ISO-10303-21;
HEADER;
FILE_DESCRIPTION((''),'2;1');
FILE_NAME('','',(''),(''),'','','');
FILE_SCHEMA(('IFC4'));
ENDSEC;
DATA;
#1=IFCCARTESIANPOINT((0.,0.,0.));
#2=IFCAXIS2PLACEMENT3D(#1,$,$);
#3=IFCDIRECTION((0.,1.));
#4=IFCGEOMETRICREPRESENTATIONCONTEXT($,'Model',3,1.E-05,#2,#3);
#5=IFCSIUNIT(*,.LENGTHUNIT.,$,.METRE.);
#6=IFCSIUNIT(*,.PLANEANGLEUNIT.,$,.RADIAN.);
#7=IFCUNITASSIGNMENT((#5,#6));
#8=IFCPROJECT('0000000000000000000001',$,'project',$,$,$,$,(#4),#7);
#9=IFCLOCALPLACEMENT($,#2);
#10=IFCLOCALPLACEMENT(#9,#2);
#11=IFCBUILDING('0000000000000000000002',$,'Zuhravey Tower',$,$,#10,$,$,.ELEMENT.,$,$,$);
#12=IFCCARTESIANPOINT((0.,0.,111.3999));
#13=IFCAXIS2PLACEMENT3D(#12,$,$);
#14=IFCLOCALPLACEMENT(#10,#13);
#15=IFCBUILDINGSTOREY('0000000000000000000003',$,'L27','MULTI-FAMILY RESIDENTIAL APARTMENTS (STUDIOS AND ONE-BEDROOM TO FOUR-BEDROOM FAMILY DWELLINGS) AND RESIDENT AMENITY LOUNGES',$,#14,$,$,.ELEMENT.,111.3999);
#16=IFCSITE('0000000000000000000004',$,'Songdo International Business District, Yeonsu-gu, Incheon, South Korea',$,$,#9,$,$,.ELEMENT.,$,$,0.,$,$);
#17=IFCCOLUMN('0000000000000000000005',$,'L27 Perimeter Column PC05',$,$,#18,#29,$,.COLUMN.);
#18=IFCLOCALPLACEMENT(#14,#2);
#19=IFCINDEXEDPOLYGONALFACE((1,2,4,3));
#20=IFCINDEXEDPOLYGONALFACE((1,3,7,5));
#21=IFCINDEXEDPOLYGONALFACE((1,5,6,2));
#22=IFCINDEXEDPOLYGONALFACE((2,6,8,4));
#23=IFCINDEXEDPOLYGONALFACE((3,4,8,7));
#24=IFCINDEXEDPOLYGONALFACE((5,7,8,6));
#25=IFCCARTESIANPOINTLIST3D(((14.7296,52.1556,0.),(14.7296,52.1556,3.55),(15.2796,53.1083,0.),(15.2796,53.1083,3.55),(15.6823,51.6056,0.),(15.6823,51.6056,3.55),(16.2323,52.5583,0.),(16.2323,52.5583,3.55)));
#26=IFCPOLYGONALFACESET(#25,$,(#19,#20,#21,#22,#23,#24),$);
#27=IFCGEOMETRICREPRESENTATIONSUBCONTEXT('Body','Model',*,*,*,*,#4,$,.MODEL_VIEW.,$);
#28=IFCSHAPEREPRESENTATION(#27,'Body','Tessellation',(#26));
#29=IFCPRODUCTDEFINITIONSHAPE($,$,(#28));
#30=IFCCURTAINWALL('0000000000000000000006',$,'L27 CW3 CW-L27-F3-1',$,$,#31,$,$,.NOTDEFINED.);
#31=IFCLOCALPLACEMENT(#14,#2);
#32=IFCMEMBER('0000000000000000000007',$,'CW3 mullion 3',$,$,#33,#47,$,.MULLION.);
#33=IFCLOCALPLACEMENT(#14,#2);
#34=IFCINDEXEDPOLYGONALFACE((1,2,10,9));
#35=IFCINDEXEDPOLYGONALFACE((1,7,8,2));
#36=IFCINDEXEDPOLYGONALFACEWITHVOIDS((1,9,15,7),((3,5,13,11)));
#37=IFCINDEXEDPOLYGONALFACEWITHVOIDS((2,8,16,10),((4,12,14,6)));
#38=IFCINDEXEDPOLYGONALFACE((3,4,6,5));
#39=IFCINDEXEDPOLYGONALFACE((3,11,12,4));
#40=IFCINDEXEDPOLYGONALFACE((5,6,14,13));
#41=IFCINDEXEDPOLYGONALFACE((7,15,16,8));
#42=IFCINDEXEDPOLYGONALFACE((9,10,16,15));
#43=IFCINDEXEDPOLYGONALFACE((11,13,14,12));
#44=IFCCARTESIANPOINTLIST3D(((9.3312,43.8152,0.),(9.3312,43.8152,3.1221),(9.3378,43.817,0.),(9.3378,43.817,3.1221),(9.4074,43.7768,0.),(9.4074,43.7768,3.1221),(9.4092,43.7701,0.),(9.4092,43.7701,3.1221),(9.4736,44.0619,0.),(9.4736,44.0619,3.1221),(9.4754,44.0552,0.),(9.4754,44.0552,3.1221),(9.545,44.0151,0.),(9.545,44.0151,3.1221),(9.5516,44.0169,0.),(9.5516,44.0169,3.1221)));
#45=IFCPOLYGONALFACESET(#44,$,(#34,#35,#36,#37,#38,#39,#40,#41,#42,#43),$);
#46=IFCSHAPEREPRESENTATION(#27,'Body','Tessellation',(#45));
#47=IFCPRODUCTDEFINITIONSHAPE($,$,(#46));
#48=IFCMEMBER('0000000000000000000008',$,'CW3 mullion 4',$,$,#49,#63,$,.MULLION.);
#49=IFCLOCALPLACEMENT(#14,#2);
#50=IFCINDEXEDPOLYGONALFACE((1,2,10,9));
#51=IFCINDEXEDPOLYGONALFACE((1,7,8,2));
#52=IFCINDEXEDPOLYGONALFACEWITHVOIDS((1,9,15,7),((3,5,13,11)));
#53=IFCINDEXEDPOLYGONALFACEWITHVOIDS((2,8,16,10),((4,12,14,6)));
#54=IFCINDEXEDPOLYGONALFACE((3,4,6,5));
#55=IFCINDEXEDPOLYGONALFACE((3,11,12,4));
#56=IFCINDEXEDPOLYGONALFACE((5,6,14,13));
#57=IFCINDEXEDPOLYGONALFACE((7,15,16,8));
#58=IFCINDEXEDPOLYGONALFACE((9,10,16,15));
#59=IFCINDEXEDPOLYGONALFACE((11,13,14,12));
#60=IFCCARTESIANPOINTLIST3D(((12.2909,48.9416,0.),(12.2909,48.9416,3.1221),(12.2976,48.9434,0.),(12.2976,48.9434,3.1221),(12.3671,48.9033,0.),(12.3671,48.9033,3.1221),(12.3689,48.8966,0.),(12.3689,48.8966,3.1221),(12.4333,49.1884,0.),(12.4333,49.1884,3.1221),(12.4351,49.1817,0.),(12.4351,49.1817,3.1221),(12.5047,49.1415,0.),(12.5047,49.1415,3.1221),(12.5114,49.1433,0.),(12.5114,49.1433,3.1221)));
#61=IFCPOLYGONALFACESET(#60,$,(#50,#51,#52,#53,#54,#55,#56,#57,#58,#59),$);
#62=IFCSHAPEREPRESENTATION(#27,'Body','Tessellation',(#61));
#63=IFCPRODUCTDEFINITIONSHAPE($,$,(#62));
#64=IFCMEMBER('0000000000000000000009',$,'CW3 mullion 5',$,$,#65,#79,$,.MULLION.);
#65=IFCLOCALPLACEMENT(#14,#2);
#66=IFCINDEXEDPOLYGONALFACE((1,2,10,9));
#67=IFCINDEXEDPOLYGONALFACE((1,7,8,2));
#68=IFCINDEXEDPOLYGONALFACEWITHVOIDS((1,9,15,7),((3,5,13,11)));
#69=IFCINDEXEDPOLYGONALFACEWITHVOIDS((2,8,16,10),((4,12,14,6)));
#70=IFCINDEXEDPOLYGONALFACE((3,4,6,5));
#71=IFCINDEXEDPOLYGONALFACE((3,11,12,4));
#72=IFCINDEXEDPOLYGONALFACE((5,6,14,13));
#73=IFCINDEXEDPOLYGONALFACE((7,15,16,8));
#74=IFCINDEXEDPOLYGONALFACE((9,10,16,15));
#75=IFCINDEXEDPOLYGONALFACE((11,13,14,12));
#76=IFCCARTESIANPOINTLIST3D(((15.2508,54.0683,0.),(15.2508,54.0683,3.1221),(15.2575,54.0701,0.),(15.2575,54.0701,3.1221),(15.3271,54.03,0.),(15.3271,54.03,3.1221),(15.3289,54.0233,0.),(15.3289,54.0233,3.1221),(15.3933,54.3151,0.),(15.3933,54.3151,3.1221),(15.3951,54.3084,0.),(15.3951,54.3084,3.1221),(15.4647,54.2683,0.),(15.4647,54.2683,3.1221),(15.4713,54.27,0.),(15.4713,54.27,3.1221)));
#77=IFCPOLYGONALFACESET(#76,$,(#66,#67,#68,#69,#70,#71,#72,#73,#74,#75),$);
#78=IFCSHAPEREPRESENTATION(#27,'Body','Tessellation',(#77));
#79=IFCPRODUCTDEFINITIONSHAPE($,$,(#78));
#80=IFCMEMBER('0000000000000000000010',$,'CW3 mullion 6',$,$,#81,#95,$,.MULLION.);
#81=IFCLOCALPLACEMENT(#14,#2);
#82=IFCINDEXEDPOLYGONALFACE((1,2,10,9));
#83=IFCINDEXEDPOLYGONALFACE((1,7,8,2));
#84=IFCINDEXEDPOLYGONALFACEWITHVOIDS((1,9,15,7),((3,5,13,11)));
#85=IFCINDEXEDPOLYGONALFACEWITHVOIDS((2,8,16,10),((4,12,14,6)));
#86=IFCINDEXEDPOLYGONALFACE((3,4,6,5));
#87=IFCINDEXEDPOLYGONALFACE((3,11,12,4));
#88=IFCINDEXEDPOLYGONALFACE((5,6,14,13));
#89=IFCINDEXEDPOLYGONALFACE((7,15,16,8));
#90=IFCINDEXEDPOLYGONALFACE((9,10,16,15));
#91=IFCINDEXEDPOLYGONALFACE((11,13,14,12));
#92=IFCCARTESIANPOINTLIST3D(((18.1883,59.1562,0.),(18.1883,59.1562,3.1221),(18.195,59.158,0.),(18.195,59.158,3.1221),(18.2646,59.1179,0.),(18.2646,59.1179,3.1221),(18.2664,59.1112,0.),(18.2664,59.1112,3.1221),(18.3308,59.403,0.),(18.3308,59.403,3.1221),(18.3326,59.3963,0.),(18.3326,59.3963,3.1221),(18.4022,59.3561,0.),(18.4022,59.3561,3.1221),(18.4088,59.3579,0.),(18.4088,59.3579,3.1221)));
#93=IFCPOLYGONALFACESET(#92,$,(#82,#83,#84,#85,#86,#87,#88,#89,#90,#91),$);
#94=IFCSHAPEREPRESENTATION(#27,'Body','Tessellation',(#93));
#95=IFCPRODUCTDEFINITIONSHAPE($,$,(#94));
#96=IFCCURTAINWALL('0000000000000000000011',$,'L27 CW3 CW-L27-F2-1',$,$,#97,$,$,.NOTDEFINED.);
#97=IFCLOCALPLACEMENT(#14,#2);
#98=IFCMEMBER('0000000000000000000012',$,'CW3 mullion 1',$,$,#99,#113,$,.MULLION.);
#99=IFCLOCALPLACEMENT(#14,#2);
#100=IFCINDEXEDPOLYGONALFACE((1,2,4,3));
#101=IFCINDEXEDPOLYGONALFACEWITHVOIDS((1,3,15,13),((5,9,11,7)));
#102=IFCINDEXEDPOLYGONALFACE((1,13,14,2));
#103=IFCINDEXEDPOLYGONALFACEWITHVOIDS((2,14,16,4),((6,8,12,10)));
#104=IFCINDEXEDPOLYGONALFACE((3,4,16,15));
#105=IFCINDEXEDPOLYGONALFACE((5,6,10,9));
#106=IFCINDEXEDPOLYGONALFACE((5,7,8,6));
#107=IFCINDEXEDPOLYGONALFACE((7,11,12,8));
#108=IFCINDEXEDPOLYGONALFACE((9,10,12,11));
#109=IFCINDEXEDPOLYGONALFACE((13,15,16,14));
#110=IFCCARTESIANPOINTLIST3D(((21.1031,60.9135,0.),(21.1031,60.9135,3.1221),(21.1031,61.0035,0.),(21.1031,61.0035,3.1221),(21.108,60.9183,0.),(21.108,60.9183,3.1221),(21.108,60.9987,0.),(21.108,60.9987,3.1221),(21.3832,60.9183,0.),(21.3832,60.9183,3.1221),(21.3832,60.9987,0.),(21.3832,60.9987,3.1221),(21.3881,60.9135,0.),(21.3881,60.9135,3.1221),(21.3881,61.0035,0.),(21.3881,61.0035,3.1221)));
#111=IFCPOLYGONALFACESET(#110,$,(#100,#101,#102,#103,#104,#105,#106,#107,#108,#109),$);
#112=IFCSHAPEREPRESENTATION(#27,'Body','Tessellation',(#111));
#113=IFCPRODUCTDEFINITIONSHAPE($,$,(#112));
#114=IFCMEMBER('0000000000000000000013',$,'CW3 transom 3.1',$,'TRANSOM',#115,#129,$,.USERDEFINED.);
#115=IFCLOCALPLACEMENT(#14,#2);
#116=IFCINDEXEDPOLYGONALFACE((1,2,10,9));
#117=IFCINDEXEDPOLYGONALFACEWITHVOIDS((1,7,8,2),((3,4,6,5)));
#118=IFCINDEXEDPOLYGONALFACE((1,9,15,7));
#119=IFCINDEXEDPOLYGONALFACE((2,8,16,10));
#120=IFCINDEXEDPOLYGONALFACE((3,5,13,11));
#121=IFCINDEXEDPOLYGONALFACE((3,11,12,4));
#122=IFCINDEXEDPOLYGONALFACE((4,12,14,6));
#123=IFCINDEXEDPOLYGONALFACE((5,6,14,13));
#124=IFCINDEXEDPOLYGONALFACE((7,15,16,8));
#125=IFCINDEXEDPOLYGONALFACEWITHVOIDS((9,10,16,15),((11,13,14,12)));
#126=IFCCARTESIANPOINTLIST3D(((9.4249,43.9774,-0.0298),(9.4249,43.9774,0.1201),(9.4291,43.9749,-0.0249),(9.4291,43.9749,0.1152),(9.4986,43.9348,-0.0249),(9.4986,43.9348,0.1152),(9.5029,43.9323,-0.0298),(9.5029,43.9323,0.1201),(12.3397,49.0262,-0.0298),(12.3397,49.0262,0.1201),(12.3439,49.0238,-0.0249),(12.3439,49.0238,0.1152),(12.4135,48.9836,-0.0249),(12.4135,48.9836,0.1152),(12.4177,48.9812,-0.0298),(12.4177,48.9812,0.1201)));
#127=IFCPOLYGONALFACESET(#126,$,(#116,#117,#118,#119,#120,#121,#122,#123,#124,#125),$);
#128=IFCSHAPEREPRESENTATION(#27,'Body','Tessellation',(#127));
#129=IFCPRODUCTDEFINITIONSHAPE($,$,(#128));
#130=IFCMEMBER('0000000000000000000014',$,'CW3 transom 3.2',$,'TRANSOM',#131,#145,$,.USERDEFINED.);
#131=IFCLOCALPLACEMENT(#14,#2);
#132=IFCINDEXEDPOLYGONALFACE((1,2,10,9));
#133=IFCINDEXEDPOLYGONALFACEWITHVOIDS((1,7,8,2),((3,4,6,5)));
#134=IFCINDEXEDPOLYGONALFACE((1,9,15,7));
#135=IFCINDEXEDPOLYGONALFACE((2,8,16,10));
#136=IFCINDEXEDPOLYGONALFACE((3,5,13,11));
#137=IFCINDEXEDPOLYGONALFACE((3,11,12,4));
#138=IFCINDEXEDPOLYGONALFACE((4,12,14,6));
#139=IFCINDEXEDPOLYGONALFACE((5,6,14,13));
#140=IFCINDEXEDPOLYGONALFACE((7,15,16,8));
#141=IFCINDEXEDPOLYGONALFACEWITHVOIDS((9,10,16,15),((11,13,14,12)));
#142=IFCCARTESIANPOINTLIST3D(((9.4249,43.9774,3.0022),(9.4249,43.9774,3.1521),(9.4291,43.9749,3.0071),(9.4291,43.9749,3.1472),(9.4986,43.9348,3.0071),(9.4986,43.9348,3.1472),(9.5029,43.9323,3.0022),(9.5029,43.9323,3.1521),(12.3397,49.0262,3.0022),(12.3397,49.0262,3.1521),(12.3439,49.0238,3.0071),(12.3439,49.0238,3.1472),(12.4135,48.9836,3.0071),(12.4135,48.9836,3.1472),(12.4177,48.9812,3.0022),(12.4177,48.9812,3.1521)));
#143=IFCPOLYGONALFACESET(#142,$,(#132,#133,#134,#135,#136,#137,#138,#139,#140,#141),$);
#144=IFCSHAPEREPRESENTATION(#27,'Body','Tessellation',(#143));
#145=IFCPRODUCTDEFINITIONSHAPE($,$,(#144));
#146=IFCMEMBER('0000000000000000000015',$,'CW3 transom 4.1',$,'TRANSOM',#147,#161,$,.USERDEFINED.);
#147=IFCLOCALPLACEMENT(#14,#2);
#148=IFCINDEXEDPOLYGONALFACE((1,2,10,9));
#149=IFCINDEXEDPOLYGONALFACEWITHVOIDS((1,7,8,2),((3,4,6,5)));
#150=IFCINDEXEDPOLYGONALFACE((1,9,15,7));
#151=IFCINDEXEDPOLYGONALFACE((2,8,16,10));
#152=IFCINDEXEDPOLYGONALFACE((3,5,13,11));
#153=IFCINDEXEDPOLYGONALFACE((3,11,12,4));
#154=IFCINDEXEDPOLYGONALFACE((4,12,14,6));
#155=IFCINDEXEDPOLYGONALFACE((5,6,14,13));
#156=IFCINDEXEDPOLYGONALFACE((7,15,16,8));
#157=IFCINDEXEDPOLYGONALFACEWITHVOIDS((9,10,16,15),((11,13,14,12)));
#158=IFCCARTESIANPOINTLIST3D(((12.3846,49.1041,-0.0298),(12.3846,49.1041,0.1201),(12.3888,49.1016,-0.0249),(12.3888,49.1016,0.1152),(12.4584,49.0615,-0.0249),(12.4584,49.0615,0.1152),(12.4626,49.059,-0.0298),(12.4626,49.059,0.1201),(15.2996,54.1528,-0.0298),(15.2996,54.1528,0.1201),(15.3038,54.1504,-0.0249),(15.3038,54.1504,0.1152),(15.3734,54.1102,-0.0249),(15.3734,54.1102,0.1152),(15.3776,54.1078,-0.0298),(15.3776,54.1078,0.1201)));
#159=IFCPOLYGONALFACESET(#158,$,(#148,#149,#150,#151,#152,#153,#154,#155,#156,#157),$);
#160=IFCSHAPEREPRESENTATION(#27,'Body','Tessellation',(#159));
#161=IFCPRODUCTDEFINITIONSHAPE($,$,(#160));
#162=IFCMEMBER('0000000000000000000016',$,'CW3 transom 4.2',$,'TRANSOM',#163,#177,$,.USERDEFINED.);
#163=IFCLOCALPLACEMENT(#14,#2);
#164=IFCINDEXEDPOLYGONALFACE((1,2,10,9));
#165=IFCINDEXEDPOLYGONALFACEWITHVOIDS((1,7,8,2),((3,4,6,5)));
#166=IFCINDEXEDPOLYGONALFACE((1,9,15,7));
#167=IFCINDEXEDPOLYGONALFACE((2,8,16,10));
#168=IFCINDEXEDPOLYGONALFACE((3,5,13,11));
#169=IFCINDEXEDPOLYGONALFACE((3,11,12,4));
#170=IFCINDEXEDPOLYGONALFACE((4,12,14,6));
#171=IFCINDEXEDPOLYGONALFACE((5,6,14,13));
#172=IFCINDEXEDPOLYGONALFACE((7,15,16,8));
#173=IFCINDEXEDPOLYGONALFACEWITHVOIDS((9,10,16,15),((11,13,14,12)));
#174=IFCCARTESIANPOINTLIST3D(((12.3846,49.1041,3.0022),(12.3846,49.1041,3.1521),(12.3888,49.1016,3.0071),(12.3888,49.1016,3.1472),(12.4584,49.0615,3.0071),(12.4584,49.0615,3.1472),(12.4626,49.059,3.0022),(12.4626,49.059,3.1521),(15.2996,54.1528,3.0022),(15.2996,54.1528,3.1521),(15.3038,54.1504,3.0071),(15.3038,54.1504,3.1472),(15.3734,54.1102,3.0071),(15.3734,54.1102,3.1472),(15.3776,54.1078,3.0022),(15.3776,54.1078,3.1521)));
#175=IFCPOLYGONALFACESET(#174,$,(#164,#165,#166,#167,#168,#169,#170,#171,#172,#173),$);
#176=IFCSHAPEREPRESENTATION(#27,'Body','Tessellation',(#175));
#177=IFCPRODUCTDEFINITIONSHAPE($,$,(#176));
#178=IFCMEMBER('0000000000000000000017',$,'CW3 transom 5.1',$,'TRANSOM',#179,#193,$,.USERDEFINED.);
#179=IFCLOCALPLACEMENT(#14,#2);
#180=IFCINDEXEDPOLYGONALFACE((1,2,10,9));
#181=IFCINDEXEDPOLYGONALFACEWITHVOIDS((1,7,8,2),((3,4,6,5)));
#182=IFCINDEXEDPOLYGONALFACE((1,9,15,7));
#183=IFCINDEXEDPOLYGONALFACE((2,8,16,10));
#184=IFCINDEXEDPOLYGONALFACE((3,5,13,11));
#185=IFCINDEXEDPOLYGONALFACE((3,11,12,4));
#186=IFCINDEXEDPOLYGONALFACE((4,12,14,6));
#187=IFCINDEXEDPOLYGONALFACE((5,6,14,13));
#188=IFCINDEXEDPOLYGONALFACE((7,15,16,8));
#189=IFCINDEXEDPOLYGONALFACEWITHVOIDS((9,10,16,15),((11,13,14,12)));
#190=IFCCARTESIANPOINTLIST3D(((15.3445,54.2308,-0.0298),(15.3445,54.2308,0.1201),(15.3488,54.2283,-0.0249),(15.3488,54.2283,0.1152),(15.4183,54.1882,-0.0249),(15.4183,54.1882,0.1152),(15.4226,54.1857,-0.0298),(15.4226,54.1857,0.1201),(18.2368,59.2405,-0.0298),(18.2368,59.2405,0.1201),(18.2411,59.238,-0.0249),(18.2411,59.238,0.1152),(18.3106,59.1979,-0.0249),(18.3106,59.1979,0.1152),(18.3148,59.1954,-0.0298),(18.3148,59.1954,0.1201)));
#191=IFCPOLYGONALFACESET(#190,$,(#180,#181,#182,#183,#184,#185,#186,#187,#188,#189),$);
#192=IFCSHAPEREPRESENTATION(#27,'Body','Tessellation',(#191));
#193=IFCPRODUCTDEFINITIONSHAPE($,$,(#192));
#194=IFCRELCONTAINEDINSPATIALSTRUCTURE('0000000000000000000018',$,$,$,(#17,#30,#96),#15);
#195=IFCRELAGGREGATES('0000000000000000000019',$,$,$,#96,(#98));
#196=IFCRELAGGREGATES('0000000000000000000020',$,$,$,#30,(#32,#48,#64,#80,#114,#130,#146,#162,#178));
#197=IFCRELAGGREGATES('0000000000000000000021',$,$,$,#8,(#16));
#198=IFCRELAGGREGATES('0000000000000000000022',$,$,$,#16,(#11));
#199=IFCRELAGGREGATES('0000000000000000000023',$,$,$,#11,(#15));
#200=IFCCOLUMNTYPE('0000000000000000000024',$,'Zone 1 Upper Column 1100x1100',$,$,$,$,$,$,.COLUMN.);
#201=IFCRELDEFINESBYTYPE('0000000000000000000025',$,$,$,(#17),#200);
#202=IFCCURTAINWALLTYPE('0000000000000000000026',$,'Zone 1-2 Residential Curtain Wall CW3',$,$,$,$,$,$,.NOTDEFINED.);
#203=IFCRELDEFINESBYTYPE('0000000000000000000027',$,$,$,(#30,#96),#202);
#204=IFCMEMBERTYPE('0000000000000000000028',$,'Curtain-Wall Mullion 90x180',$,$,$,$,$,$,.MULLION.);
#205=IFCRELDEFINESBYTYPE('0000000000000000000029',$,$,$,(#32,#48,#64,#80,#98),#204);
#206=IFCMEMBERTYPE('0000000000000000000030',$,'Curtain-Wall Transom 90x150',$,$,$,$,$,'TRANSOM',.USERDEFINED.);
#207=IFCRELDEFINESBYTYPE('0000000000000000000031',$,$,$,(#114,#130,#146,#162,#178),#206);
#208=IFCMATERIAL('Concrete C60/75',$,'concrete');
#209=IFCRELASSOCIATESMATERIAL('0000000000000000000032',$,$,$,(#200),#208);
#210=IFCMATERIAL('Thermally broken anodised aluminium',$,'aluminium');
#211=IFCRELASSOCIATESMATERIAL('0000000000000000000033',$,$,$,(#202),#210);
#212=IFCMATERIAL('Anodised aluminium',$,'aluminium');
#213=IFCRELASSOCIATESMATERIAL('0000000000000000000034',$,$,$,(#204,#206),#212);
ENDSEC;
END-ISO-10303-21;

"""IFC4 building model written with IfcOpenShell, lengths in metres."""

from ifc_helpers import new_model, si_unit, direction, frame, origin, origin_2d, place, context, subcontext, project, spatial, rectangle, hollow_rectangle, extrude, material, material_profile, profile_set, type_object, element, aggregate, save


model = new_model("IFC4")

# Units and contexts
model_context = context("Model", 3, precision=1e-05, world=origin(), true_north=direction((0.0, 1.0)))
body_context = subcontext(model_context, "Body", "Model", "MODEL_VIEW")
ifc_project = project(units=[si_unit("LENGTHUNIT", "METRE"), si_unit("PLANEANGLEUNIT", "RADIAN")], contexts=[model_context])

# Site, building, storey
site_placement = place(None, origin())
site = spatial("IfcSite", under=ifc_project, at=site_placement, Name="Songdo International Business District, Yeonsu-gu, Incheon, South Korea", CompositionType="ELEMENT", RefElevation=0.0)
building_placement = place(site_placement, origin())
building = spatial("IfcBuilding", under=site, at=building_placement, Name="Zuhravey Tower", CompositionType="ELEMENT")
storey_placement = place(building_placement, frame((0.0, 0.0, 111.3999)))
storey = spatial("IfcBuildingStorey", under=building, at=storey_placement, Name="L27", Description="MULTI-FAMILY RESIDENTIAL APARTMENTS (STUDIOS AND ONE-BEDROOM TO FOUR-BEDROOM FAMILY DWELLINGS) AND RESIDENT AMENITY LOUNGES", CompositionType="ELEMENT", Elevation=111.3999)

# Column
ifc_material_1 = material(Name="Concrete C60/75", Category="concrete")
ifc_material_profile_1 = material_profile(ifc_material_1, rectangle(XDim=1.1001, YDim=1.1001, at=origin_2d()), Name="RC-1100x1100")
ifc_profile_set_1 = profile_set([ifc_material_profile_1], Name="Concrete C60/75")
column_type = type_object("IfcColumnType", Name="Zone 1 Upper Column 1100x1100", PredefinedType="COLUMN", material=ifc_profile_set_1)
column_placement = place(storey_placement, frame((15.481, 52.3569, 0.0), z_axis=(0.0, 0.0, 1.0), x_axis=(-0.5, -0.866025, 0.0)))
element("IfcColumn", 1, at=column_placement, inside=storey, type_object=column_type, Name="L27 Perimeter Column PC05", PredefinedType="COLUMN", context=body_context, shape_type="SweptSolid", body=[
    extrude(rectangle(XDim=1.1001, YDim=1.1001, at=origin_2d()), origin(), (0.0, 0.0, 1.0), 3.55),
])

# Curtain wall, members
ifc_material_2 = material(Name="Thermally broken anodised aluminium", Category="aluminium")
curtain_wall_type = type_object("IfcCurtainWallType", Name="Zone 1-2 Residential Curtain Wall CW3", PredefinedType="NOTDEFINED", material=ifc_material_2)
curtain_wall_1_placement = place(storey_placement, origin())
curtain_wall_1 = element("IfcCurtainWall", 2, at=curtain_wall_1_placement, inside=storey, type_object=curtain_wall_type, Name="L27 CW3 CW-L27-F3-1", PredefinedType="NOTDEFINED")
ifc_material_3 = material(Name="Anodised aluminium", Category="aluminium")
ifc_material_profile_2 = material_profile(ifc_material_3, hollow_rectangle(XDim=0.0901, YDim=0.2849, WallThickness=0.0049, at=origin_2d()), Name="ALU-RHS-90x285x5")
ifc_profile_set_2 = profile_set([ifc_material_profile_2], Name="Anodised aluminium")
member_type_1 = type_object("IfcMemberType", Name="Curtain-Wall Mullion 90x180", PredefinedType="MULLION", material=ifc_profile_set_2)
member_1_placement = place(storey_placement, frame((9.4414, 43.916, 0.0), z_axis=(0.0, 0.0, 1.0), x_axis=(-0.866026, 0.5, 0.0)))
member_1 = element("IfcMember", 3, at=member_1_placement, type_object=member_type_1, Name="CW3 mullion 3", PredefinedType="MULLION", context=body_context, shape_type="SweptSolid", body=[
    extrude(hollow_rectangle(XDim=0.0901, YDim=0.2849, WallThickness=0.0049, at=origin_2d()), origin(), (0.0, 0.0, 1.0), 3.1221),
])
member_2_placement = place(storey_placement, frame((12.4011, 49.0425, 0.0), z_axis=(0.0, 0.0, 1.0), x_axis=(-0.866026, 0.5, 0.0)))
member_2 = element("IfcMember", 4, at=member_2_placement, type_object=member_type_1, Name="CW3 mullion 4", PredefinedType="MULLION", context=body_context, shape_type="SweptSolid", body=[
    extrude(hollow_rectangle(XDim=0.0901, YDim=0.2849, WallThickness=0.0049, at=origin_2d()), origin(), (0.0, 0.0, 1.0), 3.1221),
])
member_3_placement = place(storey_placement, frame((15.3611, 54.1692, 0.0), z_axis=(0.0, 0.0, 1.0), x_axis=(-0.866026, 0.5, 0.0)))
member_3 = element("IfcMember", 5, at=member_3_placement, type_object=member_type_1, Name="CW3 mullion 5", PredefinedType="MULLION", context=body_context, shape_type="SweptSolid", body=[
    extrude(hollow_rectangle(XDim=0.0901, YDim=0.2849, WallThickness=0.0049, at=origin_2d()), origin(), (0.0, 0.0, 1.0), 3.1221),
])
member_4_placement = place(storey_placement, frame((18.2986, 59.2571, 0.0), z_axis=(0.0, 0.0, 1.0), x_axis=(-0.866026, 0.5, 0.0)))
member_4 = element("IfcMember", 6, at=member_4_placement, type_object=member_type_1, Name="CW3 mullion 6", PredefinedType="MULLION", context=body_context, shape_type="SweptSolid", body=[
    extrude(hollow_rectangle(XDim=0.0901, YDim=0.2849, WallThickness=0.0049, at=origin_2d()), origin(), (0.0, 0.0, 1.0), 3.1221),
])

# Curtain wall, member
curtain_wall_2_placement = place(storey_placement, origin())
curtain_wall_2 = element("IfcCurtainWall", 7, at=curtain_wall_2_placement, inside=storey, type_object=curtain_wall_type, Name="L27 CW3 CW-L27-F2-1", PredefinedType="NOTDEFINED")
member_5_placement = place(storey_placement, frame((21.2456, 60.9585, 0.0), z_axis=(0.0, 0.0, 1.0), x_axis=(0.0, 1.0, 0.0)))
member_5 = element("IfcMember", 8, at=member_5_placement, type_object=member_type_1, Name="CW3 mullion 1", PredefinedType="MULLION", context=body_context, shape_type="SweptSolid", body=[
    extrude(hollow_rectangle(XDim=0.0901, YDim=0.2849, WallThickness=0.0049, at=origin_2d()), origin(), (0.0, 0.0, 1.0), 3.1221),
])

# Members
ifc_material_profile_3 = material_profile(ifc_material_3, hollow_rectangle(XDim=0.0901, YDim=0.1499, WallThickness=0.0049, at=origin_2d()), Name="ALU-RHS-90x150x5")
ifc_profile_set_3 = profile_set([ifc_material_profile_3], Name="Anodised aluminium")
member_type_2 = type_object("IfcMemberType", Name="Curtain-Wall Transom 90x150", ElementType="TRANSOM", PredefinedType="USERDEFINED", material=ifc_profile_set_3)
member_6_placement = place(storey_placement, frame((9.4639, 43.9548, 0.0452), z_axis=(0.499981, 0.866036, 0.0), x_axis=(-0.866036, 0.499981, 0.0)))
member_6 = element("IfcMember", 9, at=member_6_placement, type_object=member_type_2, Name="CW3 transom 3.1", ObjectType="TRANSOM", PredefinedType="USERDEFINED", context=body_context, shape_type="SweptSolid", body=[
    extrude(hollow_rectangle(XDim=0.0901, YDim=0.1499, WallThickness=0.0049, at=origin_2d()), origin(), (0.0, 0.0, 1.0), 5.8298),
])
member_7_placement = place(storey_placement, frame((9.4639, 43.9548, 3.0771), z_axis=(0.499981, 0.866036, 0.0), x_axis=(-0.866036, 0.499981, 0.0)))
member_7 = element("IfcMember", 10, at=member_7_placement, type_object=member_type_2, Name="CW3 transom 3.2", ObjectType="TRANSOM", PredefinedType="USERDEFINED", context=body_context, shape_type="SweptSolid", body=[
    extrude(hollow_rectangle(XDim=0.0901, YDim=0.1499, WallThickness=0.0049, at=origin_2d()), origin(), (0.0, 0.0, 1.0), 5.8298),
])
member_8_placement = place(storey_placement, frame((12.4236, 49.0815, 0.0452), z_axis=(0.500012, 0.866018, 0.0), x_axis=(-0.866018, 0.500012, 0.0)))
member_8 = element("IfcMember", 11, at=member_8_placement, type_object=member_type_2, Name="CW3 transom 4.1", ObjectType="TRANSOM", PredefinedType="USERDEFINED", context=body_context, shape_type="SweptSolid", body=[
    extrude(hollow_rectangle(XDim=0.0901, YDim=0.1499, WallThickness=0.0049, at=origin_2d()), origin(), (0.0, 0.0, 1.0), 5.8298),
])
member_9_placement = place(storey_placement, frame((12.4236, 49.0815, 3.0771), z_axis=(0.500012, 0.866018, 0.0), x_axis=(-0.866018, 0.500012, 0.0)))
member_9 = element("IfcMember", 12, at=member_9_placement, type_object=member_type_2, Name="CW3 transom 4.2", ObjectType="TRANSOM", PredefinedType="USERDEFINED", context=body_context, shape_type="SweptSolid", body=[
    extrude(hollow_rectangle(XDim=0.0901, YDim=0.1499, WallThickness=0.0049, at=origin_2d()), origin(), (0.0, 0.0, 1.0), 5.8298),
])
member_10_placement = place(storey_placement, frame((15.3835, 54.2083, 0.0452), z_axis=(0.499993, 0.86603, 0.0), x_axis=(-0.86603, 0.499993, 0.0)))
member_10 = element("IfcMember", 13, at=member_10_placement, type_object=member_type_2, Name="CW3 transom 5.1", ObjectType="TRANSOM", PredefinedType="USERDEFINED", context=body_context, shape_type="SweptSolid", body=[
    extrude(hollow_rectangle(XDim=0.0901, YDim=0.1499, WallThickness=0.0049, at=origin_2d()), origin(), (0.0, 0.0, 1.0), 5.7847),
])
aggregate(curtain_wall_2, [member_5])

aggregate(curtain_wall_1, [member_1, member_2, member_3, member_4, member_6, member_7, member_8, member_9, member_10])

save(model, "model.ifc")
